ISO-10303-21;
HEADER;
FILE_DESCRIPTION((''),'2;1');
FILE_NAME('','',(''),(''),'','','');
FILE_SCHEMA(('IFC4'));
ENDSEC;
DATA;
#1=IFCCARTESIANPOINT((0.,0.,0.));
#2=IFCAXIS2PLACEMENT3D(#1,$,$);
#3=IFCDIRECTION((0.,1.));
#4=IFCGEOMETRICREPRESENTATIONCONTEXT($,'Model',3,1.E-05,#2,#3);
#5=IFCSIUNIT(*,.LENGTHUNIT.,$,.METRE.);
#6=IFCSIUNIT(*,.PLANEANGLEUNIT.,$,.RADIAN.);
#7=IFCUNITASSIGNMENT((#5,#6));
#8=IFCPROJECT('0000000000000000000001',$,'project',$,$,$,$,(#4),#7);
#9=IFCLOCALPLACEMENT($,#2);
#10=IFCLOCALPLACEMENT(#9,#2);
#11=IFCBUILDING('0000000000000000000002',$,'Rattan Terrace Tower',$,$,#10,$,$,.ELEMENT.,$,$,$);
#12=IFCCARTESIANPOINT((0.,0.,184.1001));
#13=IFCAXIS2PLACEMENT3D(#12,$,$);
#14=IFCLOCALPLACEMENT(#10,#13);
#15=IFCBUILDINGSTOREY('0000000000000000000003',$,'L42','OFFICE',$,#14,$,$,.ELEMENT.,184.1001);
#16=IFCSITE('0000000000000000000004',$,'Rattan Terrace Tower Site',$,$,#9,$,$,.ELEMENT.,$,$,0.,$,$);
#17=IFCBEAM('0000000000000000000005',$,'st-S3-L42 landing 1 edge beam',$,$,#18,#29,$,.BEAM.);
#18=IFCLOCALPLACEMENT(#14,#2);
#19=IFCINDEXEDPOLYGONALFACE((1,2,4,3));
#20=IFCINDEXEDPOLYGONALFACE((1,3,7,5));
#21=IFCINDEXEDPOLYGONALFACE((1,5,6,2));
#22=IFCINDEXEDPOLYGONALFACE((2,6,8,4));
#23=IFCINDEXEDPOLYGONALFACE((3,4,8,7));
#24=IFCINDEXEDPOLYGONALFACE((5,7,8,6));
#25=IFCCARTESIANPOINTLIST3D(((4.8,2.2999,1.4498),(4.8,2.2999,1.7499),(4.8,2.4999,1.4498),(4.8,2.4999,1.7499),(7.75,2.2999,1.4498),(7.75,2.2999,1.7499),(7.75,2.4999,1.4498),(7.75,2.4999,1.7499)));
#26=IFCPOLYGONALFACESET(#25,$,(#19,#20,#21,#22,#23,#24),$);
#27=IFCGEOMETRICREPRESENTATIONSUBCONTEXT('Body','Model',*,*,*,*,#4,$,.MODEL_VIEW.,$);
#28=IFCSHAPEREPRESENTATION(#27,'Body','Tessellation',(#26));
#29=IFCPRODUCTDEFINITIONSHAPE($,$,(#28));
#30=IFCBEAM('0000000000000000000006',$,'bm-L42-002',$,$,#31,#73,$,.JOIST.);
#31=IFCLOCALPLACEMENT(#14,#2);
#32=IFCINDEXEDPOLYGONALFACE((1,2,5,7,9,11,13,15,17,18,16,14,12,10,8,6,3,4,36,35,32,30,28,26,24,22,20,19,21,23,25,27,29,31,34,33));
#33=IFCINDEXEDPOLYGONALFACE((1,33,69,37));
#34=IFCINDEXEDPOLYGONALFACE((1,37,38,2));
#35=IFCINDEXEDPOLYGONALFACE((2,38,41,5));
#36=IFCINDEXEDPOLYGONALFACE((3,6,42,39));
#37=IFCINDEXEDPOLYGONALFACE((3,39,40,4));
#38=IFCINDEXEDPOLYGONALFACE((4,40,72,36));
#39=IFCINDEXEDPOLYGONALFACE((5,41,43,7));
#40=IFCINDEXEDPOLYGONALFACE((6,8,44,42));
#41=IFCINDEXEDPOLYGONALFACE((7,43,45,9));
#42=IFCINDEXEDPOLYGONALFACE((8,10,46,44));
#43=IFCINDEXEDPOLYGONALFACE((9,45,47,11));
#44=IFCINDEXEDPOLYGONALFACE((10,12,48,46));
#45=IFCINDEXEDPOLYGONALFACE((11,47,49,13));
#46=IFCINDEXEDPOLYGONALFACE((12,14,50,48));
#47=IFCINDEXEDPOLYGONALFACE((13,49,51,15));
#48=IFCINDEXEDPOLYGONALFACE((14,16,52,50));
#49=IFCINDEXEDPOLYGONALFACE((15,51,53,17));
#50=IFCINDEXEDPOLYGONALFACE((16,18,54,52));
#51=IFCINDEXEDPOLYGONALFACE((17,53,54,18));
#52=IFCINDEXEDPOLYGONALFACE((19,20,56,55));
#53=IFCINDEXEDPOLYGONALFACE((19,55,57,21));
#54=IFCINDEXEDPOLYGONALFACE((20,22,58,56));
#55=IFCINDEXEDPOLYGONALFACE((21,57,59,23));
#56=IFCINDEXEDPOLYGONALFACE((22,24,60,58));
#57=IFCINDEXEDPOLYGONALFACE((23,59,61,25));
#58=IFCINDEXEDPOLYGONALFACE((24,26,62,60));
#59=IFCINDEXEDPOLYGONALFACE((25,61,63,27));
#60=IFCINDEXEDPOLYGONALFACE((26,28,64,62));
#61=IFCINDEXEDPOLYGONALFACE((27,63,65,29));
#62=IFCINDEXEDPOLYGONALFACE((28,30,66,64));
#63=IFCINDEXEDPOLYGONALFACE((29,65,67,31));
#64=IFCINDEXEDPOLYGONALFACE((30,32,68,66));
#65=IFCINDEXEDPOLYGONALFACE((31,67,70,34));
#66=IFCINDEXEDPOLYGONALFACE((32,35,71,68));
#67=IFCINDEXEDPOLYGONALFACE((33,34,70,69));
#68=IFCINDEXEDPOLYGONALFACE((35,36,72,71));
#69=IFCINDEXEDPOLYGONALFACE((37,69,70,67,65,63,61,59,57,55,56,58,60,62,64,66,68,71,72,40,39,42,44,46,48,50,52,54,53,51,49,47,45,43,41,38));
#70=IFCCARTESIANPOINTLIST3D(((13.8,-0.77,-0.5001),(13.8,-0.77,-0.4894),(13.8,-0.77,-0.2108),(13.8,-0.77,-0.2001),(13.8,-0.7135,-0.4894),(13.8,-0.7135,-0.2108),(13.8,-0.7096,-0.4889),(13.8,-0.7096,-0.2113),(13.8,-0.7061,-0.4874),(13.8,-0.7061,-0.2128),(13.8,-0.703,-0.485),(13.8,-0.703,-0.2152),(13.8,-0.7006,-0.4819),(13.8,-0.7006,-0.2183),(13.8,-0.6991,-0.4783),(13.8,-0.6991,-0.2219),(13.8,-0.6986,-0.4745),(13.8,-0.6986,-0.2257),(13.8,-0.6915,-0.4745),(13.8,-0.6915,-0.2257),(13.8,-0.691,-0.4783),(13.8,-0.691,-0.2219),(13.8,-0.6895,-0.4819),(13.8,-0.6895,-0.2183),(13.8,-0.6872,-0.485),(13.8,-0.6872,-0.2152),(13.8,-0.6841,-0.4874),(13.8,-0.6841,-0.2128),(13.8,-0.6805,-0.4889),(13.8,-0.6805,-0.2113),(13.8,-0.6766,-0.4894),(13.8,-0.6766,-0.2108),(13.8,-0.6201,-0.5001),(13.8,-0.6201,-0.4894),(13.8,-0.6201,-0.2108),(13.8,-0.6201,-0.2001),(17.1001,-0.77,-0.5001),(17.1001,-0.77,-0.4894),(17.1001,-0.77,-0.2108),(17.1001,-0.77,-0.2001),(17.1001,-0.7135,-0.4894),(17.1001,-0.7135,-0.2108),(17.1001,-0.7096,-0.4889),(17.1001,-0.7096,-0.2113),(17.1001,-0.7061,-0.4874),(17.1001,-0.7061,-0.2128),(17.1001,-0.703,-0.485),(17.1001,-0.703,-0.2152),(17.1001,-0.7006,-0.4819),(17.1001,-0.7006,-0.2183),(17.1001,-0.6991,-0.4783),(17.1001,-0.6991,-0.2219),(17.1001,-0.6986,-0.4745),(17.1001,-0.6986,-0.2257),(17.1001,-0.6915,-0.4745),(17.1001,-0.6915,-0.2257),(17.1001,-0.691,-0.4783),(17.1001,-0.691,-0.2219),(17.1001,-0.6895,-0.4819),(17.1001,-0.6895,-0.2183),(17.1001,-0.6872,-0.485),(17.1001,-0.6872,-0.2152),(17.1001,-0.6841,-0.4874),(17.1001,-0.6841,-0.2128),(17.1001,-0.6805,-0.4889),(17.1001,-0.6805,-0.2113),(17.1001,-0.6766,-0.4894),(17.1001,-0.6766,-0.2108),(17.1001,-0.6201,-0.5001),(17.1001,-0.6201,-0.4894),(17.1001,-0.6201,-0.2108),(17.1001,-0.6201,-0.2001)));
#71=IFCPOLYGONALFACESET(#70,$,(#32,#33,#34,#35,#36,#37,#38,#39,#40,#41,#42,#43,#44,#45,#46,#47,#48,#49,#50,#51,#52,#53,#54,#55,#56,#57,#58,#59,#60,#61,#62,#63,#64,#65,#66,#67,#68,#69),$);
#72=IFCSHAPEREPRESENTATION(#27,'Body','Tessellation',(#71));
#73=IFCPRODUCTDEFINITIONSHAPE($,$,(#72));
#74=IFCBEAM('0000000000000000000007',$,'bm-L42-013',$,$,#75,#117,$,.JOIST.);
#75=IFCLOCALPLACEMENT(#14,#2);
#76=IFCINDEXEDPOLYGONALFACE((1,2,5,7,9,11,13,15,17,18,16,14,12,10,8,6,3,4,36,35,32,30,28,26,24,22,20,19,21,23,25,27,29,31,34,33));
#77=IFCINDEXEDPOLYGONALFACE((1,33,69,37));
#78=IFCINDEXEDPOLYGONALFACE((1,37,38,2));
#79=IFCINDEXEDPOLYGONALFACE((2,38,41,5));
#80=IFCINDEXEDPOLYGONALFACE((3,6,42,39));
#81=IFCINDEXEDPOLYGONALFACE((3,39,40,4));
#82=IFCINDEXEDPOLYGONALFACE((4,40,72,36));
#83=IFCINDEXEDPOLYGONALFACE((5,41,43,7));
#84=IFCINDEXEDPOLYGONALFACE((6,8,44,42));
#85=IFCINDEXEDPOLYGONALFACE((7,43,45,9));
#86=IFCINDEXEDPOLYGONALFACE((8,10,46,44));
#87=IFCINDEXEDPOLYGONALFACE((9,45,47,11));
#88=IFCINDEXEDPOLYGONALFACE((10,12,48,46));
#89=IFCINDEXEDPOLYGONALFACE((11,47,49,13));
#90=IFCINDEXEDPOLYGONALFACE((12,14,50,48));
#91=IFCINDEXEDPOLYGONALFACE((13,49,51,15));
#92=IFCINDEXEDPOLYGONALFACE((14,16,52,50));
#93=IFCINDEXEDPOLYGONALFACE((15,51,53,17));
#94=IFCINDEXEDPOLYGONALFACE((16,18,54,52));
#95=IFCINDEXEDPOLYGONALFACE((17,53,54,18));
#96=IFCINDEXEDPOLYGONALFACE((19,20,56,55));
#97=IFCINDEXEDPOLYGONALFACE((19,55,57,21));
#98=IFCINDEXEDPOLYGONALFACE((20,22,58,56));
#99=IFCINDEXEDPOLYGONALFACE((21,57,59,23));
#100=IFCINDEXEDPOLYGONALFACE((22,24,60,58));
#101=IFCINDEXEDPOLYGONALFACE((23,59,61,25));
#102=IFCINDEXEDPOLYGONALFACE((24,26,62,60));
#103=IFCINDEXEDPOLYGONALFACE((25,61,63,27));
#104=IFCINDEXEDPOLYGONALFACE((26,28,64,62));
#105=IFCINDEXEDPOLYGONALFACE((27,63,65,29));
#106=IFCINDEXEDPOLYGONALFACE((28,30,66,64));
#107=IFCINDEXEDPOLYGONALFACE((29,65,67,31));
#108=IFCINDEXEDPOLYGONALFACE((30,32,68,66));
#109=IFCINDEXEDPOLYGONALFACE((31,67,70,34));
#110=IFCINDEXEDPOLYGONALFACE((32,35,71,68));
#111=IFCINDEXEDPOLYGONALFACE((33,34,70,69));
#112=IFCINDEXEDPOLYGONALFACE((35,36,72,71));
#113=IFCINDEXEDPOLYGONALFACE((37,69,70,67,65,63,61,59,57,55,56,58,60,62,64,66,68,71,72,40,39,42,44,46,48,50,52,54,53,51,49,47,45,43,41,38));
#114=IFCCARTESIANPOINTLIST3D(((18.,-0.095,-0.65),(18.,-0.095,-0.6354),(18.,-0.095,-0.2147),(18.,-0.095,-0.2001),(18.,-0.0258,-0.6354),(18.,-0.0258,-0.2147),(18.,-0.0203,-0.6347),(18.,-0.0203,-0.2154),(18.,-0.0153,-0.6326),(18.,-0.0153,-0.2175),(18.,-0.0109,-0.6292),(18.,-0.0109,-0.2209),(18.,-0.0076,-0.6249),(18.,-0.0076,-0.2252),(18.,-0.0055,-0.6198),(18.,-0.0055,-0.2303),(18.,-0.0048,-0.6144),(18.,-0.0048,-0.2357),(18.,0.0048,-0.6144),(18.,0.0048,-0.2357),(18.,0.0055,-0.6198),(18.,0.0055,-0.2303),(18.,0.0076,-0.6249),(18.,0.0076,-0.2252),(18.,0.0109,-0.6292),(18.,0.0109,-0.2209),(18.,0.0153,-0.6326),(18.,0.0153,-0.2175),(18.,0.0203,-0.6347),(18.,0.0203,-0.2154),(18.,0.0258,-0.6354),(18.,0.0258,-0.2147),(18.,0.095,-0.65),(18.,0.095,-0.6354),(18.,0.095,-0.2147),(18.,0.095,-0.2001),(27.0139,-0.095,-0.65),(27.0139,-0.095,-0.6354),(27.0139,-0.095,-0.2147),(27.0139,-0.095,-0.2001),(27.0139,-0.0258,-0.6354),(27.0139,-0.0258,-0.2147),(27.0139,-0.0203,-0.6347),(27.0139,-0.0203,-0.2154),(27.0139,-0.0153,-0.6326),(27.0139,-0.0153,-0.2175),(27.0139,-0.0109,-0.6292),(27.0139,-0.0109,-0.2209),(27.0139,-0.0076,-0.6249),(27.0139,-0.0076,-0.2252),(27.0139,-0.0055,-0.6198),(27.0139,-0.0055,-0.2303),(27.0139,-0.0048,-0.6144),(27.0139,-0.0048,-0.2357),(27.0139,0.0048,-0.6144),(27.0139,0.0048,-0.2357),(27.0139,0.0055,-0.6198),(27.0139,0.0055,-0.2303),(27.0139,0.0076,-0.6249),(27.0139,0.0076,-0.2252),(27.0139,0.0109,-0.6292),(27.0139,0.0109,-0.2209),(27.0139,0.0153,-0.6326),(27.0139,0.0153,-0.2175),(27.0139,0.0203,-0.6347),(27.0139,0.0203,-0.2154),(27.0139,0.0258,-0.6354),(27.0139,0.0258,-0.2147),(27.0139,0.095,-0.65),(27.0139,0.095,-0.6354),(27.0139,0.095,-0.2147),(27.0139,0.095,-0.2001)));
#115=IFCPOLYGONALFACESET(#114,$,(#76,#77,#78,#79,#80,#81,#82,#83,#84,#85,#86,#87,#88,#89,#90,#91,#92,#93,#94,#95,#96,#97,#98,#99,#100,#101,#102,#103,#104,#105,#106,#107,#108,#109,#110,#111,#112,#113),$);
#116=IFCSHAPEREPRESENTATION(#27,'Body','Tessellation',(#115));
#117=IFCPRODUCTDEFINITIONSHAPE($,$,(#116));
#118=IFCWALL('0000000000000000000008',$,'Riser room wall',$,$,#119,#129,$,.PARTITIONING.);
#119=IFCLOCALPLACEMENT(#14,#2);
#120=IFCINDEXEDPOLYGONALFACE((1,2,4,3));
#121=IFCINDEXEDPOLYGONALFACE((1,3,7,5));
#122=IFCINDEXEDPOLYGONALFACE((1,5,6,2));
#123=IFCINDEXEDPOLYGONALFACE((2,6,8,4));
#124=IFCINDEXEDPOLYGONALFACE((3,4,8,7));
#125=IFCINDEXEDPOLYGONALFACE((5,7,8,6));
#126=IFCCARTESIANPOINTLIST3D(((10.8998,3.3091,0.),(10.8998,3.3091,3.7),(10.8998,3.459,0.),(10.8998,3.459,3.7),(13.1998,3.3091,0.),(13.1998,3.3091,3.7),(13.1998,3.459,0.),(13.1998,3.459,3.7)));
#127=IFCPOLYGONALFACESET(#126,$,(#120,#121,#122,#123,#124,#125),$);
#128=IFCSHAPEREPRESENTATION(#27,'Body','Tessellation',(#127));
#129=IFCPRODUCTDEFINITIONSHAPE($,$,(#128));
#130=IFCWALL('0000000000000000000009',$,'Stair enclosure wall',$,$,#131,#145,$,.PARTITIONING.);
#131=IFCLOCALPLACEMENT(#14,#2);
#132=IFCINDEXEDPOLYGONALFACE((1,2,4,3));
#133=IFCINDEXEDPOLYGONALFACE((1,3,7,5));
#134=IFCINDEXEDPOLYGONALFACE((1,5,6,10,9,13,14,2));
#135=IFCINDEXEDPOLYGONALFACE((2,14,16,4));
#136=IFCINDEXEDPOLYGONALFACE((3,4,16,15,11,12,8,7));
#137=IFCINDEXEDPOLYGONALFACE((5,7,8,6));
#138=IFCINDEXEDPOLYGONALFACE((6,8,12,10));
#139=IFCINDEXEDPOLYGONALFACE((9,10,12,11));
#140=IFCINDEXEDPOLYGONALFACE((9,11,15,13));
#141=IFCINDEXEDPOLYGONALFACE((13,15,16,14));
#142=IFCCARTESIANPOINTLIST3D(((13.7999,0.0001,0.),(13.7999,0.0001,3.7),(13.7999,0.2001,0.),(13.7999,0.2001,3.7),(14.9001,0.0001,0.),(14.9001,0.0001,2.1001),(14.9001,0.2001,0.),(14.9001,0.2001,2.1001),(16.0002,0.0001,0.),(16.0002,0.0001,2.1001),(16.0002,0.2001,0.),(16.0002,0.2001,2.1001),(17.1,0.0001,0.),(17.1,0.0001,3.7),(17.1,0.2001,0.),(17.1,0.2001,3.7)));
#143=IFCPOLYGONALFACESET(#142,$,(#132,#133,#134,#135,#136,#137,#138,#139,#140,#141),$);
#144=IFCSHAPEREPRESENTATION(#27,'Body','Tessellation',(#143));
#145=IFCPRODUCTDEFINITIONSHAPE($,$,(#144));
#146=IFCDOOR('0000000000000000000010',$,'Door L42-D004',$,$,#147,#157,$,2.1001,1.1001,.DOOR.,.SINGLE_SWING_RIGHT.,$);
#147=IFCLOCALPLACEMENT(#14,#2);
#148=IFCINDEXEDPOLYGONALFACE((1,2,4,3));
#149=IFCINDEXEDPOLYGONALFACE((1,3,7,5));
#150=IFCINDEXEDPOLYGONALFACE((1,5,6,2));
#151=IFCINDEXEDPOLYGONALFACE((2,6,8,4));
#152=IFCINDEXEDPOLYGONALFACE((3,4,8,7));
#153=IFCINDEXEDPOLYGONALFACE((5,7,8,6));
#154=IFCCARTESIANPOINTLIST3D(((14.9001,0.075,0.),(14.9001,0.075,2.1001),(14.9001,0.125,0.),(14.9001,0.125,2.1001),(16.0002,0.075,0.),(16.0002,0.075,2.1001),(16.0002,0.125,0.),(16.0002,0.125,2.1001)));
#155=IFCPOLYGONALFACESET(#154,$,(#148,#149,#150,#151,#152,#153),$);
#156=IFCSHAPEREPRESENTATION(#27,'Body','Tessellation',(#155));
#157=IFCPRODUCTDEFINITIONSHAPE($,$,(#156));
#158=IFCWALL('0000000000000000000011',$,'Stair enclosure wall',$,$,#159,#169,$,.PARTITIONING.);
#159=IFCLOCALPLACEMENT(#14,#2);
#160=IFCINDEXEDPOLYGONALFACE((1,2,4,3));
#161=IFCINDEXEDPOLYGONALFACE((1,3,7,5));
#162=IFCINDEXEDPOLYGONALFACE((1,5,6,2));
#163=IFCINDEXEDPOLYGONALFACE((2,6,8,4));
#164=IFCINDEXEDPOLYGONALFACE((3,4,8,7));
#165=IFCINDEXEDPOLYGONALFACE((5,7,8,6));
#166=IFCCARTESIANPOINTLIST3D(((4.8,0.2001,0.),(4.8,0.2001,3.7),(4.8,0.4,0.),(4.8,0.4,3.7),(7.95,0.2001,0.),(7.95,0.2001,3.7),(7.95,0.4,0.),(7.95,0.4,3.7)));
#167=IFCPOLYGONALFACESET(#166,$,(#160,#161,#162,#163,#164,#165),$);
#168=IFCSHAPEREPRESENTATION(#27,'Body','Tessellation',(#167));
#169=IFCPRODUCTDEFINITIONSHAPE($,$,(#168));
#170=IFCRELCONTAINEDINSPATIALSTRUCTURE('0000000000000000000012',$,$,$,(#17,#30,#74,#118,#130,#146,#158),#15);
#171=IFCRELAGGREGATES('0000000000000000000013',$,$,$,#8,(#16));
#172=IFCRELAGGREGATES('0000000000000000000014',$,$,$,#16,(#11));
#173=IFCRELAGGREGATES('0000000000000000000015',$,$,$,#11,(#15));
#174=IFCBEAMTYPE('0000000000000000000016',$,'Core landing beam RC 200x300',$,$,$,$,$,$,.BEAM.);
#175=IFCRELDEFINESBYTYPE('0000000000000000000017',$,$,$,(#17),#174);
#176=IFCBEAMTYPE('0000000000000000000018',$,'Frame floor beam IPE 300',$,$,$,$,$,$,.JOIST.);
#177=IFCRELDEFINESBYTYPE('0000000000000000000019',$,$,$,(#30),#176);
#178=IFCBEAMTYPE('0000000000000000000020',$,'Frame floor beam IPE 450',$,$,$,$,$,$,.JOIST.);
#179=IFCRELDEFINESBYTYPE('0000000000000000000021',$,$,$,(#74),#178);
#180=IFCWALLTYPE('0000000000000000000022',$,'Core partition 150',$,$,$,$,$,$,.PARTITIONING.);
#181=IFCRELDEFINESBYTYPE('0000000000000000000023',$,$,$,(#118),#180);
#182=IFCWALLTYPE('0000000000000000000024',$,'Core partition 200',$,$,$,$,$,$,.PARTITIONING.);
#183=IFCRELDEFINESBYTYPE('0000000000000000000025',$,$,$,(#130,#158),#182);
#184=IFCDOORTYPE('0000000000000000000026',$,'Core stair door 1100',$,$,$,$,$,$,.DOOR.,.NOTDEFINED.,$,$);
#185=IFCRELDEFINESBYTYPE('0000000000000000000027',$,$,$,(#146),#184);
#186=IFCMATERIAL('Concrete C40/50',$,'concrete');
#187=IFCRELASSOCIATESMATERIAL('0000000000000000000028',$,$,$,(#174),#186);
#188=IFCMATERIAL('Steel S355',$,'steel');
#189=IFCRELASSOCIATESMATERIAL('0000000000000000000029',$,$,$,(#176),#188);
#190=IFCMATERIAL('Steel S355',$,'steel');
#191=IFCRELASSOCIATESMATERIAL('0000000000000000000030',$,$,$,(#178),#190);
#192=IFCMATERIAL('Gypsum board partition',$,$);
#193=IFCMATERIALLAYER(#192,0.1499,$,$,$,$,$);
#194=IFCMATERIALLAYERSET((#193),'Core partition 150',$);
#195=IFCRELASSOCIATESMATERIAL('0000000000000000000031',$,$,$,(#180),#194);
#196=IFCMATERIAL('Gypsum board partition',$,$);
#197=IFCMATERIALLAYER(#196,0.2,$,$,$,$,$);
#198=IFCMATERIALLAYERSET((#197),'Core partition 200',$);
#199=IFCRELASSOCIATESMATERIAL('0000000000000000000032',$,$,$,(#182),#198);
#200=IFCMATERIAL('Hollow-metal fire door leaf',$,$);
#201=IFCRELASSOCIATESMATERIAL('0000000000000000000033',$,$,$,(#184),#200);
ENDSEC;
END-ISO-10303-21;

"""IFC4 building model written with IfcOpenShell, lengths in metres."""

from ifc_helpers import new_model, si_unit, direction, frame, frame_2d, origin, origin_2d, place, context, subcontext, project, spatial, rectangle, i_section, extrude, material, layer, layer_set, material_profile, profile_set, type_object, element, fill, save


model = new_model("IFC4")

# Units and contexts
model_context = context("Model", 3, precision=1e-05, world=origin(), true_north=direction((0.0, 1.0)))
body_context = subcontext(model_context, "Body", "Model", "MODEL_VIEW")
ifc_project = project(units=[si_unit("LENGTHUNIT", "METRE"), si_unit("PLANEANGLEUNIT", "RADIAN")], contexts=[model_context])

# Site, building, storey
site_placement = place(None, origin())
site = spatial("IfcSite", under=ifc_project, at=site_placement, Name="Rattan Terrace Tower Site", CompositionType="ELEMENT", RefElevation=0.0)
building_placement = place(site_placement, origin())
building = spatial("IfcBuilding", under=site, at=building_placement, Name="Rattan Terrace Tower", CompositionType="ELEMENT")
storey_placement = place(building_placement, frame((0.0, 0.0, 184.1001)))
storey = spatial("IfcBuildingStorey", under=building, at=storey_placement, Name="L42", Description="OFFICE", CompositionType="ELEMENT", Elevation=184.1001)

# Beams
ifc_material_1 = material(Name="Concrete C40/50", Category="concrete")
ifc_material_profile_1 = material_profile(ifc_material_1, rectangle(XDim=0.2, YDim=0.3, at=origin_2d()), Name="RC 200x300")
ifc_profile_set_1 = profile_set([ifc_material_profile_1], Name="Concrete C40/50")
beam_type_1 = type_object("IfcBeamType", Name="Core landing beam RC 200x300", PredefinedType="BEAM", material=ifc_profile_set_1)
beam_1_placement = place(storey_placement, frame((4.8, 2.3999, 1.5999), z_axis=(1.0, 0.0, 0.0), x_axis=(0.0, 1.0, 0.0)))
element("IfcBeam", 1, at=beam_1_placement, inside=storey, type_object=beam_type_1, Name="st-S3-L42 landing 1 edge beam", PredefinedType="BEAM", context=body_context, shape_type="SweptSolid", body=[
    extrude(rectangle(XDim=0.2, YDim=0.3, at=origin_2d()), origin(), (0.0, 0.0, 1.0), 2.95),
])
ifc_material_2 = material(Name="Steel S355", Category="steel")
ifc_material_profile_2 = material_profile(ifc_material_2, i_section(OverallWidth=0.1499, OverallDepth=0.3, WebThickness=0.0071, FlangeThickness=0.0107, FilletRadius=0.0149, at=origin_2d()), Name="IPE 300")
ifc_profile_set_2 = profile_set([ifc_material_profile_2], Name="Steel S355")
beam_type_2 = type_object("IfcBeamType", Name="Frame floor beam IPE 300", PredefinedType="JOIST", material=ifc_profile_set_2)
beam_2_placement = place(storey_placement, frame((13.8, -0.6951, -0.3501), z_axis=(1.0, 0.0, 0.0), x_axis=(0.0, 1.0, 0.0)))
element("IfcBeam", 2, at=beam_2_placement, inside=storey, type_object=beam_type_2, Name="bm-L42-002", PredefinedType="JOIST", context=body_context, shape_type="SweptSolid", body=[
    extrude(i_section(OverallWidth=0.1499, OverallDepth=0.3, WebThickness=0.0071, FlangeThickness=0.0107, FilletRadius=0.0149, at=origin_2d()), origin(), (0.0, 0.0, 1.0), 3.3),
])
ifc_material_3 = material(Name="Steel S355", Category="steel")
ifc_material_profile_3 = material_profile(ifc_material_3, i_section(OverallWidth=0.1899, OverallDepth=0.45, WebThickness=0.0095, FlangeThickness=0.0146, FilletRadius=0.021, at=origin_2d()), Name="IPE 450")
ifc_profile_set_3 = profile_set([ifc_material_profile_3], Name="Steel S355")
beam_type_3 = type_object("IfcBeamType", Name="Frame floor beam IPE 450", PredefinedType="JOIST", material=ifc_profile_set_3)
beam_3_placement = place(storey_placement, frame((18.0, 0.0, -0.425), z_axis=(1.0, 0.0, 0.0), x_axis=(0.0, 1.0, 0.0)))
element("IfcBeam", 3, at=beam_3_placement, inside=storey, type_object=beam_type_3, Name="bm-L42-013", PredefinedType="JOIST", context=body_context, shape_type="SweptSolid", body=[
    extrude(i_section(OverallWidth=0.1899, OverallDepth=0.45, WebThickness=0.0095, FlangeThickness=0.0146, FilletRadius=0.021, at=origin_2d()), origin(), (0.0, 0.0, 1.0), 9.0139),
])

# Wall
ifc_material_4 = material(Name="Gypsum board partition")
ifc_layer_1 = layer(ifc_material_4, 0.1499)
ifc_layer_set_1 = layer_set([ifc_layer_1], Name="Core partition 150")
wall_type_1 = type_object("IfcWallType", Name="Core partition 150", PredefinedType="PARTITIONING", material=ifc_layer_set_1)
wall_1_placement = place(storey_placement, frame((10.8999, 3.384, 0.0), z_axis=(0.0, 0.0, 1.0), x_axis=(1.0, 0.0, 0.0)))
element("IfcWall", 4, at=wall_1_placement, inside=storey, type_object=wall_type_1, Name="Riser room wall", PredefinedType="PARTITIONING", context=body_context, shape_type="SweptSolid", body=[
    extrude(rectangle(XDim=2.3, YDim=0.1499, at=frame_2d((1.1499, 0.0))), origin(), (0.0, 0.0, 1.0), 3.7),
])

# Wall, opening, door
ifc_material_5 = material(Name="Gypsum board partition")
ifc_layer_2 = layer(ifc_material_5, 0.2)
ifc_layer_set_2 = layer_set([ifc_layer_2], Name="Core partition 200")
wall_type_2 = type_object("IfcWallType", Name="Core partition 200", PredefinedType="PARTITIONING", material=ifc_layer_set_2)
wall_2_placement = place(storey_placement, frame((13.8, 0.1001, 0.0), z_axis=(0.0, 0.0, 1.0), x_axis=(1.0, 0.0, 0.0)))
wall_2 = element("IfcWall", 5, at=wall_2_placement, inside=storey, type_object=wall_type_2, Name="Stair enclosure wall", PredefinedType="PARTITIONING", context=body_context, shape_type="SweptSolid", body=[
    extrude(rectangle(XDim=3.3, YDim=0.2, at=frame_2d((1.6499, 0.0))), origin(), (0.0, 0.0, 1.0), 3.7),
])
opening_placement = place(wall_2_placement, frame((1.1001, 0.0, 0.0)))
opening = element("IfcOpeningElement", 6, at=opening_placement, cuts=wall_2, PredefinedType="OPENING", context=body_context, shape_type="SweptSolid", body=[
    extrude(rectangle(XDim=1.1001, YDim=2.1001, at=frame_2d((0.55, 1.05))), frame((0.0, 0.1106, 0.0), z_axis=(0.0, -1.0, 0.0), x_axis=(1.0, 0.0, 0.0)), (0.0, 0.0, 1.0), 0.2209),
])
ifc_material_6 = material(Name="Hollow-metal fire door leaf")
door_type = type_object("IfcDoorType", Name="Core stair door 1100", OperationType="NOTDEFINED", PredefinedType="DOOR", material=ifc_material_6)
door_placement = place(opening_placement, origin())
door = element("IfcDoor", 7, at=door_placement, inside=storey, type_object=door_type, Name="Door L42-D004", OperationType="SINGLE_SWING_RIGHT", OverallHeight=2.1001, OverallWidth=1.1001, PredefinedType="DOOR", context=body_context, shape_type="SweptSolid", body=[
    extrude(rectangle(XDim=1.1001, YDim=2.1001, at=frame_2d((0.55, 1.05))), frame((0.0, 0.0249, 0.0), z_axis=(0.0, -1.0, 0.0), x_axis=(1.0, 0.0, 0.0)), (0.0, 0.0, 1.0), 0.05),
])
fill(opening, door)

# Wall
wall_3_placement = place(storey_placement, frame((4.8, 0.3, 0.0), z_axis=(0.0, 0.0, 1.0), x_axis=(1.0, 0.0, 0.0)))
element("IfcWall", 8, at=wall_3_placement, inside=storey, type_object=wall_type_2, Name="Stair enclosure wall", PredefinedType="PARTITIONING", context=body_context, shape_type="SweptSolid", body=[
    extrude(rectangle(XDim=3.1499, YDim=0.2, at=frame_2d((1.575, 0.0))), origin(), (0.0, 0.0, 1.0), 3.7),
])

save(model, "model.ifc")
